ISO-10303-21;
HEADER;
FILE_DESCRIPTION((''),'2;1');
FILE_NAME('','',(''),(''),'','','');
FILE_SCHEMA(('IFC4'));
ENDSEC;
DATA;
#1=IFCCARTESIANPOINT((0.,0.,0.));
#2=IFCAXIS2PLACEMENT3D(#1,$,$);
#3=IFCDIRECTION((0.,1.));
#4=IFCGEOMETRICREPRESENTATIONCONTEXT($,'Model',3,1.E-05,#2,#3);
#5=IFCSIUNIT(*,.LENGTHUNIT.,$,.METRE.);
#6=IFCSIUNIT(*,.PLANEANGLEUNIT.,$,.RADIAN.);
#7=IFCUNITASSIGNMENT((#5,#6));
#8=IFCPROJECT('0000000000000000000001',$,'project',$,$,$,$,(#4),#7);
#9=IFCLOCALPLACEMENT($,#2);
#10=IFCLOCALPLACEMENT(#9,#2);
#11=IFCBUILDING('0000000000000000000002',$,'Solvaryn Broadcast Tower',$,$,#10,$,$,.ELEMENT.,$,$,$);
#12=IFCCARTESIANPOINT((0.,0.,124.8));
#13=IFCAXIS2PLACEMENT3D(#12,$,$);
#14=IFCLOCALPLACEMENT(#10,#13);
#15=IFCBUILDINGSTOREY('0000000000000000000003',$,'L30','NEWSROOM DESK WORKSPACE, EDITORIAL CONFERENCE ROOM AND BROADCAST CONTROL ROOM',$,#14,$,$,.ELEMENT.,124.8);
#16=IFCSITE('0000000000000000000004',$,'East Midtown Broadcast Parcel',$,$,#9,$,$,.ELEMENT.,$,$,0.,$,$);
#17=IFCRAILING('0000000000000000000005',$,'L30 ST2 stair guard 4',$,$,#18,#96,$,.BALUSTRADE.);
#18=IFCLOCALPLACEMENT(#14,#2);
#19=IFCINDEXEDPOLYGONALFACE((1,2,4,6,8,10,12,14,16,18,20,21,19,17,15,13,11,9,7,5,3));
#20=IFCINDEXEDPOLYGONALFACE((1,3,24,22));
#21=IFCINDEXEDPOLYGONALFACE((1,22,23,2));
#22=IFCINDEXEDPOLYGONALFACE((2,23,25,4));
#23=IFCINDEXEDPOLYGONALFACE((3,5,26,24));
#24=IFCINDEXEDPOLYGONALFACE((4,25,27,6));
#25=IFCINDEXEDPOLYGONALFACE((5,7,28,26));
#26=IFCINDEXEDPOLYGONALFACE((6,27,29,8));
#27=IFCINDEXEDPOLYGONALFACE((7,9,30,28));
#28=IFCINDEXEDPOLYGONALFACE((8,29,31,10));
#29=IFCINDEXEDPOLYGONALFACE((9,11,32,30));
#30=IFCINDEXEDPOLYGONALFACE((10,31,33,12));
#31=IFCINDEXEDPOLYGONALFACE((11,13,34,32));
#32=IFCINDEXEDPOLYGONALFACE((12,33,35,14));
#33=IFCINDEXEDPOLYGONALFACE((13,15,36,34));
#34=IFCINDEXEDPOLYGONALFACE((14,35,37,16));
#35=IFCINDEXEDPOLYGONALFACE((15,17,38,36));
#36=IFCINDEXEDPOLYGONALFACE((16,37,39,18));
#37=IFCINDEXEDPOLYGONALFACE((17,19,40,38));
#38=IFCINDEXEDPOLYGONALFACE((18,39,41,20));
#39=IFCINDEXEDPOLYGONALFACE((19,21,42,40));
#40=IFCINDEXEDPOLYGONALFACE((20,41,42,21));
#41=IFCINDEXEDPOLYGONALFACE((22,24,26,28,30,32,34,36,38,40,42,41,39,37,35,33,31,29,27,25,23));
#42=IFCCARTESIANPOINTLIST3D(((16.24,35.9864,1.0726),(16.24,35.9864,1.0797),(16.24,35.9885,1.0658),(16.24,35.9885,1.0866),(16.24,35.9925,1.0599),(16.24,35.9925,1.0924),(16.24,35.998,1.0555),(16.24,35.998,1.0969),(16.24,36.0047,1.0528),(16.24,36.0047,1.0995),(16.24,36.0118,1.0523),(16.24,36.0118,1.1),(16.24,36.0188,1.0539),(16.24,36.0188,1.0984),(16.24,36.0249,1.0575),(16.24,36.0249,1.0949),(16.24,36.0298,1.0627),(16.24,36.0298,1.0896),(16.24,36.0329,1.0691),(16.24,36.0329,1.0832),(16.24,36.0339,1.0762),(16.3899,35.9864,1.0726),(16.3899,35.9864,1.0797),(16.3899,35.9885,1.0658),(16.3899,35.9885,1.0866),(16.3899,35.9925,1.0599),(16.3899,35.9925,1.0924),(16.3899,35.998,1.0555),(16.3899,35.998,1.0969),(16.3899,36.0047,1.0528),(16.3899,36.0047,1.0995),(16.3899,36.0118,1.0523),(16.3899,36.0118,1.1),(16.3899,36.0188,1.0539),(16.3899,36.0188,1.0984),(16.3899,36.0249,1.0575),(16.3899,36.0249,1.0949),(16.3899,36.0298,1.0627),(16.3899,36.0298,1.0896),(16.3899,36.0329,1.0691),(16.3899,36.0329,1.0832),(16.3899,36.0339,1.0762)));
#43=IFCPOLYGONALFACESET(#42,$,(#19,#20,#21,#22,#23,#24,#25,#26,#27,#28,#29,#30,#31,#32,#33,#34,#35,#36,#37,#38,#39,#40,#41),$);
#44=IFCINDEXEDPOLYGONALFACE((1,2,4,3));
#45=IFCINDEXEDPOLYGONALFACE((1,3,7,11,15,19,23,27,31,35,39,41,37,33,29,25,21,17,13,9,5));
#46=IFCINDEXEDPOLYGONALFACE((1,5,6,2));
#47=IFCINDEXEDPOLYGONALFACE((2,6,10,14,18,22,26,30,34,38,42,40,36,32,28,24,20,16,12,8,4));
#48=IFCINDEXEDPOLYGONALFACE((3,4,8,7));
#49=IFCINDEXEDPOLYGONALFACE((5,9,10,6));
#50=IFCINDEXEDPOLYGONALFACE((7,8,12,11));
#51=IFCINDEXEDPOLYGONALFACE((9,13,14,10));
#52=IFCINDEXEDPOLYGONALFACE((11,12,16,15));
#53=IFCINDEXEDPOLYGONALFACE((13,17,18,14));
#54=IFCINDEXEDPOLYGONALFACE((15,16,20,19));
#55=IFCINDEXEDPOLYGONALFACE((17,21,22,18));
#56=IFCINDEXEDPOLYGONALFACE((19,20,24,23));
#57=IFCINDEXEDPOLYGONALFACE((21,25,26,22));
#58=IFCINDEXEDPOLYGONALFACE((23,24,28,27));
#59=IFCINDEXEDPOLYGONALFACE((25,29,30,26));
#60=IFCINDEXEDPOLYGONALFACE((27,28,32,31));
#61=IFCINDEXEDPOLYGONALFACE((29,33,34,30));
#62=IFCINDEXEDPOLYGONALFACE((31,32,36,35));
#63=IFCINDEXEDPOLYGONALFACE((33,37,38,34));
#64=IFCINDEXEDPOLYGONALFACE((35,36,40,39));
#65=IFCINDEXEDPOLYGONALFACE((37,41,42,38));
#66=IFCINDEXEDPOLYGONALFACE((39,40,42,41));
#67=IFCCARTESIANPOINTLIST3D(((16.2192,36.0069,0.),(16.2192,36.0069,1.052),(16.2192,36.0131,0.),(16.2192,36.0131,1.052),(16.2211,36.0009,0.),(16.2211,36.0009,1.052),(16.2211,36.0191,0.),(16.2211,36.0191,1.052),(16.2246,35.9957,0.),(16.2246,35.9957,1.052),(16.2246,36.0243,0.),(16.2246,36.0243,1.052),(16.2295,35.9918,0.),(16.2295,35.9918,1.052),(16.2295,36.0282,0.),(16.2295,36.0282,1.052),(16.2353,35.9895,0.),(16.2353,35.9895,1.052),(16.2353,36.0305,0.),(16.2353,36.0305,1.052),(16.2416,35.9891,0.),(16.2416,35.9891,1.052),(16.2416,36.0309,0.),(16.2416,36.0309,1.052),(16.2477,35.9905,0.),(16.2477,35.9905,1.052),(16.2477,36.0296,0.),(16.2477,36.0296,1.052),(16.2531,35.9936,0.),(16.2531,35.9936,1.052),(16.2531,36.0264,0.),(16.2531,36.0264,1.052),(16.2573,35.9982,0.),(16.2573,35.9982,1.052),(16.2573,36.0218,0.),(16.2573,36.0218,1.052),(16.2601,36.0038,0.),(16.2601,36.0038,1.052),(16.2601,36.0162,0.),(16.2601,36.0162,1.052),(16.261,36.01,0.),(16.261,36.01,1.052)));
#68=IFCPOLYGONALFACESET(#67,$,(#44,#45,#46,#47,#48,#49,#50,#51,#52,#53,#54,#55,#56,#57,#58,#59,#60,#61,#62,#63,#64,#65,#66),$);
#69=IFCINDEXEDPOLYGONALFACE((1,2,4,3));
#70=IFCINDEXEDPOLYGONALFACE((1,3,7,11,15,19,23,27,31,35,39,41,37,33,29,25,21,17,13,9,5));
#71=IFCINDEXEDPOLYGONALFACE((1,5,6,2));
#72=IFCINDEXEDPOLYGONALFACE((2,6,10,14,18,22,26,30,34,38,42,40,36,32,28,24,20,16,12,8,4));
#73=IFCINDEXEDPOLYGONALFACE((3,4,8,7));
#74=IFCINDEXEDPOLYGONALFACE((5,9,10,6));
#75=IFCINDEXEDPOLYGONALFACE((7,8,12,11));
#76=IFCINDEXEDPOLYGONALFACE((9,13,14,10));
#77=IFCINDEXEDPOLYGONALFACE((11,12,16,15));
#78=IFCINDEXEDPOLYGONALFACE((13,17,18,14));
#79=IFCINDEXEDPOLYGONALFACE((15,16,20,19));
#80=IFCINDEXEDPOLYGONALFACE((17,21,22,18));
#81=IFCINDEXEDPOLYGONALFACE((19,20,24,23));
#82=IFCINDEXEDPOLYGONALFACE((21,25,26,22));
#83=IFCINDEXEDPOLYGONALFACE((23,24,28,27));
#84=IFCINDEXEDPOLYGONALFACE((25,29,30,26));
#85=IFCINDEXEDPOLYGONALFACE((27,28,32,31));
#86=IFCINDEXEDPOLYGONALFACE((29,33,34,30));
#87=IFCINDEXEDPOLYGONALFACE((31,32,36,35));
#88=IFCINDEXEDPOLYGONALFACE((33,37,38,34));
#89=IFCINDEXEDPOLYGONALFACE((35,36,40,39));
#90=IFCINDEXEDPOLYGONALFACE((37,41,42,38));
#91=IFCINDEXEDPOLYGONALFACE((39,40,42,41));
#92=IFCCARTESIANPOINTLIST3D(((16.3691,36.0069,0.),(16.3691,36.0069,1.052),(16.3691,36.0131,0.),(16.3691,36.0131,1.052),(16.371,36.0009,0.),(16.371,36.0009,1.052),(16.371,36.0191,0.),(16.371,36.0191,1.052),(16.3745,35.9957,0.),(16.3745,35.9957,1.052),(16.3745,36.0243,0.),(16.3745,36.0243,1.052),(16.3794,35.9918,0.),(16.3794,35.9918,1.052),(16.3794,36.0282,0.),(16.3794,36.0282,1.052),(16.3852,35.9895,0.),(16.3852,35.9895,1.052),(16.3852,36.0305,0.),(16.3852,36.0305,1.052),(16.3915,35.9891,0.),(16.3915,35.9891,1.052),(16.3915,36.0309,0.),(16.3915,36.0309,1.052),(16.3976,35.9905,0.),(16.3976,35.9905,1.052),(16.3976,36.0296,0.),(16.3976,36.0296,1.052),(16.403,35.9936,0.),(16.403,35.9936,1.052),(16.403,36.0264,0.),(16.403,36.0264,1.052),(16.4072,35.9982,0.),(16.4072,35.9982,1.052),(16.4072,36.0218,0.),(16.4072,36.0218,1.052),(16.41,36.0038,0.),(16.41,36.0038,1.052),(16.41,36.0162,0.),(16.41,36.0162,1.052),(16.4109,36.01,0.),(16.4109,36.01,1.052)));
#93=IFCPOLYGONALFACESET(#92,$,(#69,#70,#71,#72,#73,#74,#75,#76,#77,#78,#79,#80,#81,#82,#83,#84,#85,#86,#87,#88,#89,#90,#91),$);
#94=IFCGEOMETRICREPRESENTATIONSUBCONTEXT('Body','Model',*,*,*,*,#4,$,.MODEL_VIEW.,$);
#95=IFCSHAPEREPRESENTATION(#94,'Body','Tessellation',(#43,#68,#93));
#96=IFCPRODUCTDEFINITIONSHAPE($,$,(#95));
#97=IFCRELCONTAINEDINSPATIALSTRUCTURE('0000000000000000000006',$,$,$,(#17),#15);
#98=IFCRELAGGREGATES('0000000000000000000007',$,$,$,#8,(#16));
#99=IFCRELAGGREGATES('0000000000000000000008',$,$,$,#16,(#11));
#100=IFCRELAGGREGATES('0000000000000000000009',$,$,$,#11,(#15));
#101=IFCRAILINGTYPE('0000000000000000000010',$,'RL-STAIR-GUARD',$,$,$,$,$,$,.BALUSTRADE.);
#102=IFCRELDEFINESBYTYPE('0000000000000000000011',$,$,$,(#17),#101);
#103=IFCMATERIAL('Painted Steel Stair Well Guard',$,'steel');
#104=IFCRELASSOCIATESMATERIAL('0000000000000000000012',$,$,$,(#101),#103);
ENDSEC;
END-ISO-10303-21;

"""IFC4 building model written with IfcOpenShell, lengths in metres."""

from ifc_helpers import new_model, si_unit, direction, frame, origin, origin_2d, place, context, subcontext, project, spatial, circle, extrude, material, type_object, element, save


model = new_model("IFC4")

# Units and contexts
model_context = context("Model", 3, precision=1e-05, world=origin(), true_north=direction((0.0, 1.0)))
body_context = subcontext(model_context, "Body", "Model", "MODEL_VIEW")
ifc_project = project(units=[si_unit("LENGTHUNIT", "METRE"), si_unit("PLANEANGLEUNIT", "RADIAN")], contexts=[model_context])

# Site, building, storey
site_placement = place(None, origin())
site = spatial("IfcSite", under=ifc_project, at=site_placement, Name="East Midtown Broadcast Parcel", CompositionType="ELEMENT", RefElevation=0.0)
building_placement = place(site_placement, origin())
building = spatial("IfcBuilding", under=site, at=building_placement, Name="Solvaryn Broadcast Tower", CompositionType="ELEMENT")
storey_placement = place(building_placement, frame((0.0, 0.0, 124.8)))
storey = spatial("IfcBuildingStorey", under=building, at=storey_placement, Name="L30", Description="NEWSROOM DESK WORKSPACE, EDITORIAL CONFERENCE ROOM AND BROADCAST CONTROL ROOM", CompositionType="ELEMENT", Elevation=124.8)

# Railing
ifc_material_1 = material(Name="Painted Steel Stair Well Guard", Category="steel")
railing_type_1 = type_object("IfcRailingType", Name="RL-STAIR-GUARD", PredefinedType="BALUSTRADE", material=ifc_material_1)
railing_1_placement = place(storey_placement, frame((16.24, 36.01, 0.0)))
element("IfcRailing", 1, at=railing_1_placement, inside=storey, type_object=railing_type_1, Name="L30 ST2 stair guard 4", PredefinedType="BALUSTRADE", context=body_context, shape_type="SweptSolid", body=[
    extrude(circle(Radius=0.0239, at=origin_2d()), frame((0.0, 0.0, 1.0762), z_axis=(1.0, 0.0, 0.0), x_axis=(0.0, 1.0, 0.0)), (0.0, 0.0, 1.0), 0.1499),
    extrude(circle(Radius=0.021, at=origin_2d()), origin(), (0.0, 0.0, 1.0), 1.052),
    extrude(circle(Radius=0.021, at=origin_2d()), frame((0.1499, 0.0, 0.0)), (0.0, 0.0, 1.0), 1.052),
])

save(model, "model.ifc")
